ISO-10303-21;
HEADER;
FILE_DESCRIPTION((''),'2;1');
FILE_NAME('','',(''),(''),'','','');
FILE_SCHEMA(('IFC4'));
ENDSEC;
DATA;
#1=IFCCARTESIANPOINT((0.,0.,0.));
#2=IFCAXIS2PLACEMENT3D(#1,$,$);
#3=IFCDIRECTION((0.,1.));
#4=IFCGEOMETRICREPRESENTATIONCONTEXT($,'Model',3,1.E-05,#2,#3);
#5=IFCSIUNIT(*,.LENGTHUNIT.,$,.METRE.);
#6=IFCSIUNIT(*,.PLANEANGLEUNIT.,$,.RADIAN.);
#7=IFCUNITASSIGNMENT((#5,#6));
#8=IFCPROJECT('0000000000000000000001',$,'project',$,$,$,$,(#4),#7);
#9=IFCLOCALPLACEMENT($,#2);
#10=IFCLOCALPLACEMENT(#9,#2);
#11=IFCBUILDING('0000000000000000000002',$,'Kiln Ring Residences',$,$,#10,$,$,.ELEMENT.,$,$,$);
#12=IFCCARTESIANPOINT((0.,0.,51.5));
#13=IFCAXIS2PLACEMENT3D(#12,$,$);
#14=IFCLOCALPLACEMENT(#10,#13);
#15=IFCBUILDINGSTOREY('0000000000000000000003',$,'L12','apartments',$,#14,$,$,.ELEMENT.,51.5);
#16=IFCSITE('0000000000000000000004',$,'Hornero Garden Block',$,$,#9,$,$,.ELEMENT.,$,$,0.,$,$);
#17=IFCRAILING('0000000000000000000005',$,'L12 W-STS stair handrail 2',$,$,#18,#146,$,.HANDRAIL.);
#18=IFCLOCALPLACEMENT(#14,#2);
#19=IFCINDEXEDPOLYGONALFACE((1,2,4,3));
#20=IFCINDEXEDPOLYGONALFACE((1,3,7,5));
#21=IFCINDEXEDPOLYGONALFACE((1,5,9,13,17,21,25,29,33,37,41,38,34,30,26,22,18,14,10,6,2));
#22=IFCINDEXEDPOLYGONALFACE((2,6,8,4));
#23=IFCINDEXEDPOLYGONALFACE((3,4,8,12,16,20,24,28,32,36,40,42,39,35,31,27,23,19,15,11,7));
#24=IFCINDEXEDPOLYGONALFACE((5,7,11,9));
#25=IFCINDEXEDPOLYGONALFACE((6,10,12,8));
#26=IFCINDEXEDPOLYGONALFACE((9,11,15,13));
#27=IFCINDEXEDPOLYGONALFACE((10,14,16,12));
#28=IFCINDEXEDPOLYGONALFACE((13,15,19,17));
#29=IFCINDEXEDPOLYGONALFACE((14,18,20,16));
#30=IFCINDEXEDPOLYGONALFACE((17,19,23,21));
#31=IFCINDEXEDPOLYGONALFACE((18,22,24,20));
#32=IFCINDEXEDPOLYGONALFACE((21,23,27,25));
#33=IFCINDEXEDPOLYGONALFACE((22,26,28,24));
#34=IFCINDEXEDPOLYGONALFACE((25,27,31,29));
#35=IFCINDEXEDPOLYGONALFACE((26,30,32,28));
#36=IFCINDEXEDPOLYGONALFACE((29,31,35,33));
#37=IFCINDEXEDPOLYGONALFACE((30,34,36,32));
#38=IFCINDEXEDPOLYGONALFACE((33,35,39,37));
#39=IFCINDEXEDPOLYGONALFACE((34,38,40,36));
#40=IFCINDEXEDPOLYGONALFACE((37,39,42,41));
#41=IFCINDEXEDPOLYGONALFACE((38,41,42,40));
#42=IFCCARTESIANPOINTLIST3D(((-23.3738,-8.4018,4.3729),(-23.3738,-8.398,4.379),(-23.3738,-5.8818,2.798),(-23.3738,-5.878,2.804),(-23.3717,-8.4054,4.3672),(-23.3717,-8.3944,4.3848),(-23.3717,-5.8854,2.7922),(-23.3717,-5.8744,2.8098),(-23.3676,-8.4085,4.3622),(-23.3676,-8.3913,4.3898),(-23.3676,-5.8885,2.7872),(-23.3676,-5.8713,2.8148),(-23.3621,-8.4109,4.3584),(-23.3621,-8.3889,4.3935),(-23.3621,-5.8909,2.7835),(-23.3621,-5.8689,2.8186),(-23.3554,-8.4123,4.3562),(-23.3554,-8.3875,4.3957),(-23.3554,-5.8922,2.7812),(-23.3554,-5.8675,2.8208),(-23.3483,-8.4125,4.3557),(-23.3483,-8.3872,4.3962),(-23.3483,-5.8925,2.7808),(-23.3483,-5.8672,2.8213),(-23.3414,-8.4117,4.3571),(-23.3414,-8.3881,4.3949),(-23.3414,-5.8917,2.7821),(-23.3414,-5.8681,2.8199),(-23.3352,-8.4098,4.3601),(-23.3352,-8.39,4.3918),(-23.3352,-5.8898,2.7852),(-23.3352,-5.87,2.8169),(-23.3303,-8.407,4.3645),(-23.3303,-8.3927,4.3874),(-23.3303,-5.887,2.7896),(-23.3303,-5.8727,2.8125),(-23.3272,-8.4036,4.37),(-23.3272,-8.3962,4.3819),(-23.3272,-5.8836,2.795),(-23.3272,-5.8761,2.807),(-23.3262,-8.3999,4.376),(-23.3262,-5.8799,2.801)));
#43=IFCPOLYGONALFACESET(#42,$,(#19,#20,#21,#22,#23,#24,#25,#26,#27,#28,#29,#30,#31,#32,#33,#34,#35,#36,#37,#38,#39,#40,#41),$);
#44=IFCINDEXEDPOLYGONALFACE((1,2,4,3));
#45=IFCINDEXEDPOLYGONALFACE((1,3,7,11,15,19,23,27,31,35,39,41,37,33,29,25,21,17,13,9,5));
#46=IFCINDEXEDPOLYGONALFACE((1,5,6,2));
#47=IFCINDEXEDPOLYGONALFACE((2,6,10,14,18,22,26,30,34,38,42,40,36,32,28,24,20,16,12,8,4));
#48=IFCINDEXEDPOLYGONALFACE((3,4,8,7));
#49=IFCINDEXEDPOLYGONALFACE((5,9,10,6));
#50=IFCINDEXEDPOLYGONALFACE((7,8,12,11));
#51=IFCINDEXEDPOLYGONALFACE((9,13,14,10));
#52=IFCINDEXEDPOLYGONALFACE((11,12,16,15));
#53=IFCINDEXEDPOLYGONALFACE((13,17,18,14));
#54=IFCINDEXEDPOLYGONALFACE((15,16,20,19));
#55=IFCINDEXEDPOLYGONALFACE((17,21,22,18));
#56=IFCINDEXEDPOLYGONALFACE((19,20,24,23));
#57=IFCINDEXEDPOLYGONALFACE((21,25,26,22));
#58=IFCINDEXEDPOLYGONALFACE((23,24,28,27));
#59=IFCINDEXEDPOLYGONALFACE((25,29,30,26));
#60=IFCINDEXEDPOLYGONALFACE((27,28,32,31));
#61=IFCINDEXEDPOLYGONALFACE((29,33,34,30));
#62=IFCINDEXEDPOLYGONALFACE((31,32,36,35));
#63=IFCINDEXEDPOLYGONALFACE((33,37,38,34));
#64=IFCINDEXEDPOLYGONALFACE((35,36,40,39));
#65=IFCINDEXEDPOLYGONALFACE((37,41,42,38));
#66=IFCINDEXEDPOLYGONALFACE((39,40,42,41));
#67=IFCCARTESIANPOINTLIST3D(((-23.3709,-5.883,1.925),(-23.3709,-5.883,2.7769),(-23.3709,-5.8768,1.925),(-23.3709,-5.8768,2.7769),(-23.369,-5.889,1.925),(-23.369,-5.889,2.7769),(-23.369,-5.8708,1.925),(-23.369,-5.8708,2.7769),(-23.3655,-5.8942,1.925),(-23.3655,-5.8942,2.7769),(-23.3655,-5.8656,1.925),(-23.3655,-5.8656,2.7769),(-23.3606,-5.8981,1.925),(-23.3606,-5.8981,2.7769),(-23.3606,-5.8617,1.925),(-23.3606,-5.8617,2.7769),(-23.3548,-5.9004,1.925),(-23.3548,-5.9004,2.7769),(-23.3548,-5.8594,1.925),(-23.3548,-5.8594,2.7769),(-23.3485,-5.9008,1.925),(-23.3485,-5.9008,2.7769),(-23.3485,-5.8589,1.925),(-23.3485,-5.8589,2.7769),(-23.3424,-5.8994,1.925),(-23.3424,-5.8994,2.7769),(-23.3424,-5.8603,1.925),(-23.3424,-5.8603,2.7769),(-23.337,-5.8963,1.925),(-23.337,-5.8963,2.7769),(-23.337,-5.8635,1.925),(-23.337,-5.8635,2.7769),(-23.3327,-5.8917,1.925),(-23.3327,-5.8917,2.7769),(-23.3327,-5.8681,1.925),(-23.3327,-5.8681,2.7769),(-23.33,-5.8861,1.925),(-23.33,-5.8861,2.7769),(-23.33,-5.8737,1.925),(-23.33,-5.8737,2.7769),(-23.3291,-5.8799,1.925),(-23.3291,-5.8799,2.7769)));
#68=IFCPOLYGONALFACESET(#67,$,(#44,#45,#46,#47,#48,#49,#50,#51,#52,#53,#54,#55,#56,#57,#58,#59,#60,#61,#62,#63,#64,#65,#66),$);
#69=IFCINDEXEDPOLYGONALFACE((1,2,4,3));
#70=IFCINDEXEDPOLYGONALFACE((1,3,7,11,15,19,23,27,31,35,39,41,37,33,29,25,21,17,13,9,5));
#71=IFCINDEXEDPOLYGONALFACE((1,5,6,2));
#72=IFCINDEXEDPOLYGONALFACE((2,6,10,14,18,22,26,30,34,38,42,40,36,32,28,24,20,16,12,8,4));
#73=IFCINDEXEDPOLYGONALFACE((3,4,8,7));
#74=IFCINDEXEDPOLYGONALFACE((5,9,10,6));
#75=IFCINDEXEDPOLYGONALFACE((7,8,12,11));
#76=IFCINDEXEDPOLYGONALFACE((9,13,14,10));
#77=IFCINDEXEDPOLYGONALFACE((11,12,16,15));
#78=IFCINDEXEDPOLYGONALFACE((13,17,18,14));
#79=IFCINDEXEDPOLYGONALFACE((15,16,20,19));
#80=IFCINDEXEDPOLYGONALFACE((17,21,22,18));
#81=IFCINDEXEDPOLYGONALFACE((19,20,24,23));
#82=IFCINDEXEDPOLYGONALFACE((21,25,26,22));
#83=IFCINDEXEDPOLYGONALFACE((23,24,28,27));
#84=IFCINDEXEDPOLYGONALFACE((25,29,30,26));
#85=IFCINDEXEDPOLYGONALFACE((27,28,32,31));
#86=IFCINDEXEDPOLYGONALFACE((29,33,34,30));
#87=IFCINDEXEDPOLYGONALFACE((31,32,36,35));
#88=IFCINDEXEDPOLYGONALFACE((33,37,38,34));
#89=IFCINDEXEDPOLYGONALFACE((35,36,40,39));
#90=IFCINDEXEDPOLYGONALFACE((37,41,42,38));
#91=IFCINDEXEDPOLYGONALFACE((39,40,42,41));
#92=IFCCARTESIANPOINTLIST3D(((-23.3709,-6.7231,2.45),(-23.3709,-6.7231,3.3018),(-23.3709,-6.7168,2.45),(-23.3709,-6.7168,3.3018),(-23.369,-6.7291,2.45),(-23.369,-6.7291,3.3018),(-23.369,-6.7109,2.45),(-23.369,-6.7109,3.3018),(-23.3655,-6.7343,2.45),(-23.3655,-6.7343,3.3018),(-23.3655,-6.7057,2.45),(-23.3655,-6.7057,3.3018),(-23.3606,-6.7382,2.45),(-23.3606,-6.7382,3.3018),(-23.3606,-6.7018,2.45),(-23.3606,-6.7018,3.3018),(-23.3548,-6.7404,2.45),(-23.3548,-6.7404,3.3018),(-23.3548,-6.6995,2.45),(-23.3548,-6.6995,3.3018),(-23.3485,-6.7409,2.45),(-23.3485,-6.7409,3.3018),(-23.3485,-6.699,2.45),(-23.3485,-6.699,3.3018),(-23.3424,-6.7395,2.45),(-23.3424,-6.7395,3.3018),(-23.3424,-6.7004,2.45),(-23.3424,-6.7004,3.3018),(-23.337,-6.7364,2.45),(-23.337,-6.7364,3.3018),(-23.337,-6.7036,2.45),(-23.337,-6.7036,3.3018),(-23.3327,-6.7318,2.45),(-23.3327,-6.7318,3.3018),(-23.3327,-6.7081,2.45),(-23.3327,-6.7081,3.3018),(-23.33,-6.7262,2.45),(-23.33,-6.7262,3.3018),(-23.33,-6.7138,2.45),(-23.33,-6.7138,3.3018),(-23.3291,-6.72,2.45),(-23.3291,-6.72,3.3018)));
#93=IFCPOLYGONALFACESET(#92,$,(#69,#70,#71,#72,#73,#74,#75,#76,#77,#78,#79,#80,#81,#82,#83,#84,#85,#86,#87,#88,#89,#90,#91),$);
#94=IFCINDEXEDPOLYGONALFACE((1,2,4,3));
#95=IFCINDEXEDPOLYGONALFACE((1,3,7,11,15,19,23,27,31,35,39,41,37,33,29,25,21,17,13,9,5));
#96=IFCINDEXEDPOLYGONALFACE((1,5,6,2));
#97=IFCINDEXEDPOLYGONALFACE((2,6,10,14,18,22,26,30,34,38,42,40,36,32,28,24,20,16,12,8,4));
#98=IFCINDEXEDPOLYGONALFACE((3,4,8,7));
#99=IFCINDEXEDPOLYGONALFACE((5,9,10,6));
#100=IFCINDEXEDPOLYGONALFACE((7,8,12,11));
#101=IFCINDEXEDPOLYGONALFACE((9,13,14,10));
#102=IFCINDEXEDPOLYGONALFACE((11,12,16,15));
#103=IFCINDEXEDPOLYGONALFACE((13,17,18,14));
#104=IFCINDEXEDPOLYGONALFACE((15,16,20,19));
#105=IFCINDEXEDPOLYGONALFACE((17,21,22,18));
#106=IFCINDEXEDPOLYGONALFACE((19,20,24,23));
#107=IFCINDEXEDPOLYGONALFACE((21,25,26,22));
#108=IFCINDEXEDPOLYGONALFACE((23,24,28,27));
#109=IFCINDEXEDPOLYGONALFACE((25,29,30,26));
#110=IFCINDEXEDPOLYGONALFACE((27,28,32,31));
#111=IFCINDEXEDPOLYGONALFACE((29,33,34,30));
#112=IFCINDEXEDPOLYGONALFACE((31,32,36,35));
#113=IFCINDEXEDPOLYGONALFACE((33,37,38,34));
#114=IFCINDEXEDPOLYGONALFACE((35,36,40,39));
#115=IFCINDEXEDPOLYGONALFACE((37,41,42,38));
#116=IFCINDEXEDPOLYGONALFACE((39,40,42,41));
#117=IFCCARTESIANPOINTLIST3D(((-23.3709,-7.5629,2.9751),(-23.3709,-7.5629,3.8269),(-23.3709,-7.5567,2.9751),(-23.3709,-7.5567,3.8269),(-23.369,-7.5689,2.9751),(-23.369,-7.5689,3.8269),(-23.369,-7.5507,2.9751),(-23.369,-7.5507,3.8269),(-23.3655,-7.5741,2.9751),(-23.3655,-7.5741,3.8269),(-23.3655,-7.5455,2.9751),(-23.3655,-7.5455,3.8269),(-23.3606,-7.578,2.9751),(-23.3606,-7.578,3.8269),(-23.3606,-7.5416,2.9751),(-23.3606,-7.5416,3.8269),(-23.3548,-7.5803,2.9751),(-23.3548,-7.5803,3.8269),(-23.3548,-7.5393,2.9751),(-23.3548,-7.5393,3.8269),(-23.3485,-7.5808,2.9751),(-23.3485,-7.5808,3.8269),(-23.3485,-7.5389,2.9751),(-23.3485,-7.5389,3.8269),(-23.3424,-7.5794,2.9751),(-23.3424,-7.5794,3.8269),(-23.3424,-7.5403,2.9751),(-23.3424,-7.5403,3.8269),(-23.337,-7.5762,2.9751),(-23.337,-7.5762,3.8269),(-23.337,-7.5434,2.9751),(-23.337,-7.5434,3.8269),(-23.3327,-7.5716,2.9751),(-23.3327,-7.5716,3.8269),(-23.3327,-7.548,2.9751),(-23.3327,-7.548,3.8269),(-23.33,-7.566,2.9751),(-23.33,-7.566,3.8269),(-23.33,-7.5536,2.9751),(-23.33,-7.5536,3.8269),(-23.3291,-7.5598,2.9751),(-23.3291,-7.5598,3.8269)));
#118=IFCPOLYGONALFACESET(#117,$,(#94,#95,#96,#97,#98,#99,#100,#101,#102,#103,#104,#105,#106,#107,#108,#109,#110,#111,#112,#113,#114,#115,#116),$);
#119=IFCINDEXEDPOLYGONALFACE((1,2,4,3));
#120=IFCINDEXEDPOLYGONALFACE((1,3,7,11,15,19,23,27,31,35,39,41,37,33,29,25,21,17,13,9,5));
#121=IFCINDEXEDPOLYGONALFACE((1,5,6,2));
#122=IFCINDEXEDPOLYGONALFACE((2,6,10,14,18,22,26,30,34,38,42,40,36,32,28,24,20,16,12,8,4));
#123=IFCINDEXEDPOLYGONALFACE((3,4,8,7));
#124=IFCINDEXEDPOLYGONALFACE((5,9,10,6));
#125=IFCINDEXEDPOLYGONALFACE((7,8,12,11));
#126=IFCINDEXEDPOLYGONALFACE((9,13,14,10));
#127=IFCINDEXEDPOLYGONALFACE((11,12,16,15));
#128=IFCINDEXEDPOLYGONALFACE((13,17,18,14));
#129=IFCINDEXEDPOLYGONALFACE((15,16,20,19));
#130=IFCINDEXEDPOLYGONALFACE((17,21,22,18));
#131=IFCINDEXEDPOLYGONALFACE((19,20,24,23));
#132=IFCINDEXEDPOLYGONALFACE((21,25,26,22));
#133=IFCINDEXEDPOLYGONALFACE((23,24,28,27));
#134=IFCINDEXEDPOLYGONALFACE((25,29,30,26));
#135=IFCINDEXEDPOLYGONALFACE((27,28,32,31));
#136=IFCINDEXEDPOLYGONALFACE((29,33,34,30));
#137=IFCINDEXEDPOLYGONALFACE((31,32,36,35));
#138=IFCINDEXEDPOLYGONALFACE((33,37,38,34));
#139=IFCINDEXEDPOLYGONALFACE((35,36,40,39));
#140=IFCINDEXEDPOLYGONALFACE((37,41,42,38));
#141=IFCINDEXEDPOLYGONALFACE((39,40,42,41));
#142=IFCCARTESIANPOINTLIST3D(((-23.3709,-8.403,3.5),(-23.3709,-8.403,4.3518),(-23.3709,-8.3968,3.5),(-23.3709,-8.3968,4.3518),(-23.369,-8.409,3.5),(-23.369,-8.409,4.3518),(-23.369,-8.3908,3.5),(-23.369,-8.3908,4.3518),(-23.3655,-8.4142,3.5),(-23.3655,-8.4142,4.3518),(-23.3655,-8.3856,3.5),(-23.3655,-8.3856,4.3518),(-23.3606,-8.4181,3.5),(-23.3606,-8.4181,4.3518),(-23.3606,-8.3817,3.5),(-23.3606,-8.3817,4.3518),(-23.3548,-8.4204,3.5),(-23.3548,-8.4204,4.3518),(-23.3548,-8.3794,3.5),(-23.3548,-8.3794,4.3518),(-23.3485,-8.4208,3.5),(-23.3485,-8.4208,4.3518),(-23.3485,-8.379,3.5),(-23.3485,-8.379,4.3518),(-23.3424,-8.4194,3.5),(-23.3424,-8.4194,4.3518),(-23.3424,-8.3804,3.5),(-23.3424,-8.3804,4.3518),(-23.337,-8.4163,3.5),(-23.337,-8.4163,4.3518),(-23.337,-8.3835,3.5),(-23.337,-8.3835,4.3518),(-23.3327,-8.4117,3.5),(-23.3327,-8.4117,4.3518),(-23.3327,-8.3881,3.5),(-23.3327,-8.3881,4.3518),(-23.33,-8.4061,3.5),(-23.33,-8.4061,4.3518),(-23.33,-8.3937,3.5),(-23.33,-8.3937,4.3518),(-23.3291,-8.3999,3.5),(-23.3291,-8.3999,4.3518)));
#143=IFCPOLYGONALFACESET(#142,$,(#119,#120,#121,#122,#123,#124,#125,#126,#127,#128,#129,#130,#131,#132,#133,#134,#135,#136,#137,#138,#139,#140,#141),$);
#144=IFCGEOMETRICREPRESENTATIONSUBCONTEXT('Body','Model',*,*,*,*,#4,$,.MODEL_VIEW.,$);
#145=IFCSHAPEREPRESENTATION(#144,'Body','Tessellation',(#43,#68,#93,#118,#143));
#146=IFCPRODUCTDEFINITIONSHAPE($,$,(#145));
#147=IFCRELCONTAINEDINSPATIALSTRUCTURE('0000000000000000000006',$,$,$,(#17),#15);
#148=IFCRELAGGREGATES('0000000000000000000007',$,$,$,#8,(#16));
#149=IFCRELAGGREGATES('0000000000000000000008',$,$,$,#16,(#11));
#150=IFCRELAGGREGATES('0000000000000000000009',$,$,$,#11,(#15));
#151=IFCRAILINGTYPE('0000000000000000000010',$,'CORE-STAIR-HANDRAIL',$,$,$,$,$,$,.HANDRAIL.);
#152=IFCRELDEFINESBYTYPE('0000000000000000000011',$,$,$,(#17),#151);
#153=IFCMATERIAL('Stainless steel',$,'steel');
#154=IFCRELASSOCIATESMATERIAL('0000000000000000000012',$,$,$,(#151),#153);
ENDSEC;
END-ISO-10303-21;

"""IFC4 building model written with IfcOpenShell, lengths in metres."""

from ifc_helpers import new_model, si_unit, direction, frame, origin, origin_2d, place, context, subcontext, project, spatial, circle, extrude, material, type_object, element, save


model = new_model("IFC4")

# Units and contexts
model_context = context("Model", 3, precision=1e-05, world=origin(), true_north=direction((0.0, 1.0)))
body_context = subcontext(model_context, "Body", "Model", "MODEL_VIEW")
ifc_project = project(units=[si_unit("LENGTHUNIT", "METRE"), si_unit("PLANEANGLEUNIT", "RADIAN")], contexts=[model_context])

# Site, building, storey
site_placement = place(None, origin())
site = spatial("IfcSite", under=ifc_project, at=site_placement, Name="Hornero Garden Block", CompositionType="ELEMENT", RefElevation=0.0)
building_placement = place(site_placement, origin())
building = spatial("IfcBuilding", under=site, at=building_placement, Name="Kiln Ring Residences", CompositionType="ELEMENT")
storey_placement = place(building_placement, frame((0.0, 0.0, 51.5)))
storey = spatial("IfcBuildingStorey", under=building, at=storey_placement, Name="L12", Description="apartments", CompositionType="ELEMENT", Elevation=51.5)

# Railing
ifc_material_1 = material(Name="Stainless steel", Category="steel")
railing_type_1 = type_object("IfcRailingType", Name="CORE-STAIR-HANDRAIL", PredefinedType="HANDRAIL", material=ifc_material_1)
railing_1_placement = place(storey_placement, frame((-23.3501, -5.8799, 1.925)))
element("IfcRailing", 1, at=railing_1_placement, inside=storey, type_object=railing_type_1, Name="L12 W-STS stair handrail 2", PredefinedType="HANDRAIL", context=body_context, shape_type="SweptSolid", body=[
    extrude(circle(Radius=0.0239, at=origin_2d()), frame((0.0, 0.0, 0.876), z_axis=(0.0, -0.848008, 0.529984), x_axis=(1.0, 0.0, 0.0)), (0.0, 0.0, 1.0), 2.9717),
    extrude(circle(Radius=0.021, at=origin_2d()), origin(), (0.0, 0.0, 1.0), 0.8518),
    extrude(circle(Radius=0.021, at=origin_2d()), frame((0.0, -0.8401, 0.5249)), (0.0, 0.0, 1.0), 0.8518),
    extrude(circle(Radius=0.021, at=origin_2d()), frame((0.0, -1.6799, 1.05)), (0.0, 0.0, 1.0), 0.8518),
    extrude(circle(Radius=0.021, at=origin_2d()), frame((0.0, -2.52, 1.575)), (0.0, 0.0, 1.0), 0.8518),
])

save(model, "model.ifc")
